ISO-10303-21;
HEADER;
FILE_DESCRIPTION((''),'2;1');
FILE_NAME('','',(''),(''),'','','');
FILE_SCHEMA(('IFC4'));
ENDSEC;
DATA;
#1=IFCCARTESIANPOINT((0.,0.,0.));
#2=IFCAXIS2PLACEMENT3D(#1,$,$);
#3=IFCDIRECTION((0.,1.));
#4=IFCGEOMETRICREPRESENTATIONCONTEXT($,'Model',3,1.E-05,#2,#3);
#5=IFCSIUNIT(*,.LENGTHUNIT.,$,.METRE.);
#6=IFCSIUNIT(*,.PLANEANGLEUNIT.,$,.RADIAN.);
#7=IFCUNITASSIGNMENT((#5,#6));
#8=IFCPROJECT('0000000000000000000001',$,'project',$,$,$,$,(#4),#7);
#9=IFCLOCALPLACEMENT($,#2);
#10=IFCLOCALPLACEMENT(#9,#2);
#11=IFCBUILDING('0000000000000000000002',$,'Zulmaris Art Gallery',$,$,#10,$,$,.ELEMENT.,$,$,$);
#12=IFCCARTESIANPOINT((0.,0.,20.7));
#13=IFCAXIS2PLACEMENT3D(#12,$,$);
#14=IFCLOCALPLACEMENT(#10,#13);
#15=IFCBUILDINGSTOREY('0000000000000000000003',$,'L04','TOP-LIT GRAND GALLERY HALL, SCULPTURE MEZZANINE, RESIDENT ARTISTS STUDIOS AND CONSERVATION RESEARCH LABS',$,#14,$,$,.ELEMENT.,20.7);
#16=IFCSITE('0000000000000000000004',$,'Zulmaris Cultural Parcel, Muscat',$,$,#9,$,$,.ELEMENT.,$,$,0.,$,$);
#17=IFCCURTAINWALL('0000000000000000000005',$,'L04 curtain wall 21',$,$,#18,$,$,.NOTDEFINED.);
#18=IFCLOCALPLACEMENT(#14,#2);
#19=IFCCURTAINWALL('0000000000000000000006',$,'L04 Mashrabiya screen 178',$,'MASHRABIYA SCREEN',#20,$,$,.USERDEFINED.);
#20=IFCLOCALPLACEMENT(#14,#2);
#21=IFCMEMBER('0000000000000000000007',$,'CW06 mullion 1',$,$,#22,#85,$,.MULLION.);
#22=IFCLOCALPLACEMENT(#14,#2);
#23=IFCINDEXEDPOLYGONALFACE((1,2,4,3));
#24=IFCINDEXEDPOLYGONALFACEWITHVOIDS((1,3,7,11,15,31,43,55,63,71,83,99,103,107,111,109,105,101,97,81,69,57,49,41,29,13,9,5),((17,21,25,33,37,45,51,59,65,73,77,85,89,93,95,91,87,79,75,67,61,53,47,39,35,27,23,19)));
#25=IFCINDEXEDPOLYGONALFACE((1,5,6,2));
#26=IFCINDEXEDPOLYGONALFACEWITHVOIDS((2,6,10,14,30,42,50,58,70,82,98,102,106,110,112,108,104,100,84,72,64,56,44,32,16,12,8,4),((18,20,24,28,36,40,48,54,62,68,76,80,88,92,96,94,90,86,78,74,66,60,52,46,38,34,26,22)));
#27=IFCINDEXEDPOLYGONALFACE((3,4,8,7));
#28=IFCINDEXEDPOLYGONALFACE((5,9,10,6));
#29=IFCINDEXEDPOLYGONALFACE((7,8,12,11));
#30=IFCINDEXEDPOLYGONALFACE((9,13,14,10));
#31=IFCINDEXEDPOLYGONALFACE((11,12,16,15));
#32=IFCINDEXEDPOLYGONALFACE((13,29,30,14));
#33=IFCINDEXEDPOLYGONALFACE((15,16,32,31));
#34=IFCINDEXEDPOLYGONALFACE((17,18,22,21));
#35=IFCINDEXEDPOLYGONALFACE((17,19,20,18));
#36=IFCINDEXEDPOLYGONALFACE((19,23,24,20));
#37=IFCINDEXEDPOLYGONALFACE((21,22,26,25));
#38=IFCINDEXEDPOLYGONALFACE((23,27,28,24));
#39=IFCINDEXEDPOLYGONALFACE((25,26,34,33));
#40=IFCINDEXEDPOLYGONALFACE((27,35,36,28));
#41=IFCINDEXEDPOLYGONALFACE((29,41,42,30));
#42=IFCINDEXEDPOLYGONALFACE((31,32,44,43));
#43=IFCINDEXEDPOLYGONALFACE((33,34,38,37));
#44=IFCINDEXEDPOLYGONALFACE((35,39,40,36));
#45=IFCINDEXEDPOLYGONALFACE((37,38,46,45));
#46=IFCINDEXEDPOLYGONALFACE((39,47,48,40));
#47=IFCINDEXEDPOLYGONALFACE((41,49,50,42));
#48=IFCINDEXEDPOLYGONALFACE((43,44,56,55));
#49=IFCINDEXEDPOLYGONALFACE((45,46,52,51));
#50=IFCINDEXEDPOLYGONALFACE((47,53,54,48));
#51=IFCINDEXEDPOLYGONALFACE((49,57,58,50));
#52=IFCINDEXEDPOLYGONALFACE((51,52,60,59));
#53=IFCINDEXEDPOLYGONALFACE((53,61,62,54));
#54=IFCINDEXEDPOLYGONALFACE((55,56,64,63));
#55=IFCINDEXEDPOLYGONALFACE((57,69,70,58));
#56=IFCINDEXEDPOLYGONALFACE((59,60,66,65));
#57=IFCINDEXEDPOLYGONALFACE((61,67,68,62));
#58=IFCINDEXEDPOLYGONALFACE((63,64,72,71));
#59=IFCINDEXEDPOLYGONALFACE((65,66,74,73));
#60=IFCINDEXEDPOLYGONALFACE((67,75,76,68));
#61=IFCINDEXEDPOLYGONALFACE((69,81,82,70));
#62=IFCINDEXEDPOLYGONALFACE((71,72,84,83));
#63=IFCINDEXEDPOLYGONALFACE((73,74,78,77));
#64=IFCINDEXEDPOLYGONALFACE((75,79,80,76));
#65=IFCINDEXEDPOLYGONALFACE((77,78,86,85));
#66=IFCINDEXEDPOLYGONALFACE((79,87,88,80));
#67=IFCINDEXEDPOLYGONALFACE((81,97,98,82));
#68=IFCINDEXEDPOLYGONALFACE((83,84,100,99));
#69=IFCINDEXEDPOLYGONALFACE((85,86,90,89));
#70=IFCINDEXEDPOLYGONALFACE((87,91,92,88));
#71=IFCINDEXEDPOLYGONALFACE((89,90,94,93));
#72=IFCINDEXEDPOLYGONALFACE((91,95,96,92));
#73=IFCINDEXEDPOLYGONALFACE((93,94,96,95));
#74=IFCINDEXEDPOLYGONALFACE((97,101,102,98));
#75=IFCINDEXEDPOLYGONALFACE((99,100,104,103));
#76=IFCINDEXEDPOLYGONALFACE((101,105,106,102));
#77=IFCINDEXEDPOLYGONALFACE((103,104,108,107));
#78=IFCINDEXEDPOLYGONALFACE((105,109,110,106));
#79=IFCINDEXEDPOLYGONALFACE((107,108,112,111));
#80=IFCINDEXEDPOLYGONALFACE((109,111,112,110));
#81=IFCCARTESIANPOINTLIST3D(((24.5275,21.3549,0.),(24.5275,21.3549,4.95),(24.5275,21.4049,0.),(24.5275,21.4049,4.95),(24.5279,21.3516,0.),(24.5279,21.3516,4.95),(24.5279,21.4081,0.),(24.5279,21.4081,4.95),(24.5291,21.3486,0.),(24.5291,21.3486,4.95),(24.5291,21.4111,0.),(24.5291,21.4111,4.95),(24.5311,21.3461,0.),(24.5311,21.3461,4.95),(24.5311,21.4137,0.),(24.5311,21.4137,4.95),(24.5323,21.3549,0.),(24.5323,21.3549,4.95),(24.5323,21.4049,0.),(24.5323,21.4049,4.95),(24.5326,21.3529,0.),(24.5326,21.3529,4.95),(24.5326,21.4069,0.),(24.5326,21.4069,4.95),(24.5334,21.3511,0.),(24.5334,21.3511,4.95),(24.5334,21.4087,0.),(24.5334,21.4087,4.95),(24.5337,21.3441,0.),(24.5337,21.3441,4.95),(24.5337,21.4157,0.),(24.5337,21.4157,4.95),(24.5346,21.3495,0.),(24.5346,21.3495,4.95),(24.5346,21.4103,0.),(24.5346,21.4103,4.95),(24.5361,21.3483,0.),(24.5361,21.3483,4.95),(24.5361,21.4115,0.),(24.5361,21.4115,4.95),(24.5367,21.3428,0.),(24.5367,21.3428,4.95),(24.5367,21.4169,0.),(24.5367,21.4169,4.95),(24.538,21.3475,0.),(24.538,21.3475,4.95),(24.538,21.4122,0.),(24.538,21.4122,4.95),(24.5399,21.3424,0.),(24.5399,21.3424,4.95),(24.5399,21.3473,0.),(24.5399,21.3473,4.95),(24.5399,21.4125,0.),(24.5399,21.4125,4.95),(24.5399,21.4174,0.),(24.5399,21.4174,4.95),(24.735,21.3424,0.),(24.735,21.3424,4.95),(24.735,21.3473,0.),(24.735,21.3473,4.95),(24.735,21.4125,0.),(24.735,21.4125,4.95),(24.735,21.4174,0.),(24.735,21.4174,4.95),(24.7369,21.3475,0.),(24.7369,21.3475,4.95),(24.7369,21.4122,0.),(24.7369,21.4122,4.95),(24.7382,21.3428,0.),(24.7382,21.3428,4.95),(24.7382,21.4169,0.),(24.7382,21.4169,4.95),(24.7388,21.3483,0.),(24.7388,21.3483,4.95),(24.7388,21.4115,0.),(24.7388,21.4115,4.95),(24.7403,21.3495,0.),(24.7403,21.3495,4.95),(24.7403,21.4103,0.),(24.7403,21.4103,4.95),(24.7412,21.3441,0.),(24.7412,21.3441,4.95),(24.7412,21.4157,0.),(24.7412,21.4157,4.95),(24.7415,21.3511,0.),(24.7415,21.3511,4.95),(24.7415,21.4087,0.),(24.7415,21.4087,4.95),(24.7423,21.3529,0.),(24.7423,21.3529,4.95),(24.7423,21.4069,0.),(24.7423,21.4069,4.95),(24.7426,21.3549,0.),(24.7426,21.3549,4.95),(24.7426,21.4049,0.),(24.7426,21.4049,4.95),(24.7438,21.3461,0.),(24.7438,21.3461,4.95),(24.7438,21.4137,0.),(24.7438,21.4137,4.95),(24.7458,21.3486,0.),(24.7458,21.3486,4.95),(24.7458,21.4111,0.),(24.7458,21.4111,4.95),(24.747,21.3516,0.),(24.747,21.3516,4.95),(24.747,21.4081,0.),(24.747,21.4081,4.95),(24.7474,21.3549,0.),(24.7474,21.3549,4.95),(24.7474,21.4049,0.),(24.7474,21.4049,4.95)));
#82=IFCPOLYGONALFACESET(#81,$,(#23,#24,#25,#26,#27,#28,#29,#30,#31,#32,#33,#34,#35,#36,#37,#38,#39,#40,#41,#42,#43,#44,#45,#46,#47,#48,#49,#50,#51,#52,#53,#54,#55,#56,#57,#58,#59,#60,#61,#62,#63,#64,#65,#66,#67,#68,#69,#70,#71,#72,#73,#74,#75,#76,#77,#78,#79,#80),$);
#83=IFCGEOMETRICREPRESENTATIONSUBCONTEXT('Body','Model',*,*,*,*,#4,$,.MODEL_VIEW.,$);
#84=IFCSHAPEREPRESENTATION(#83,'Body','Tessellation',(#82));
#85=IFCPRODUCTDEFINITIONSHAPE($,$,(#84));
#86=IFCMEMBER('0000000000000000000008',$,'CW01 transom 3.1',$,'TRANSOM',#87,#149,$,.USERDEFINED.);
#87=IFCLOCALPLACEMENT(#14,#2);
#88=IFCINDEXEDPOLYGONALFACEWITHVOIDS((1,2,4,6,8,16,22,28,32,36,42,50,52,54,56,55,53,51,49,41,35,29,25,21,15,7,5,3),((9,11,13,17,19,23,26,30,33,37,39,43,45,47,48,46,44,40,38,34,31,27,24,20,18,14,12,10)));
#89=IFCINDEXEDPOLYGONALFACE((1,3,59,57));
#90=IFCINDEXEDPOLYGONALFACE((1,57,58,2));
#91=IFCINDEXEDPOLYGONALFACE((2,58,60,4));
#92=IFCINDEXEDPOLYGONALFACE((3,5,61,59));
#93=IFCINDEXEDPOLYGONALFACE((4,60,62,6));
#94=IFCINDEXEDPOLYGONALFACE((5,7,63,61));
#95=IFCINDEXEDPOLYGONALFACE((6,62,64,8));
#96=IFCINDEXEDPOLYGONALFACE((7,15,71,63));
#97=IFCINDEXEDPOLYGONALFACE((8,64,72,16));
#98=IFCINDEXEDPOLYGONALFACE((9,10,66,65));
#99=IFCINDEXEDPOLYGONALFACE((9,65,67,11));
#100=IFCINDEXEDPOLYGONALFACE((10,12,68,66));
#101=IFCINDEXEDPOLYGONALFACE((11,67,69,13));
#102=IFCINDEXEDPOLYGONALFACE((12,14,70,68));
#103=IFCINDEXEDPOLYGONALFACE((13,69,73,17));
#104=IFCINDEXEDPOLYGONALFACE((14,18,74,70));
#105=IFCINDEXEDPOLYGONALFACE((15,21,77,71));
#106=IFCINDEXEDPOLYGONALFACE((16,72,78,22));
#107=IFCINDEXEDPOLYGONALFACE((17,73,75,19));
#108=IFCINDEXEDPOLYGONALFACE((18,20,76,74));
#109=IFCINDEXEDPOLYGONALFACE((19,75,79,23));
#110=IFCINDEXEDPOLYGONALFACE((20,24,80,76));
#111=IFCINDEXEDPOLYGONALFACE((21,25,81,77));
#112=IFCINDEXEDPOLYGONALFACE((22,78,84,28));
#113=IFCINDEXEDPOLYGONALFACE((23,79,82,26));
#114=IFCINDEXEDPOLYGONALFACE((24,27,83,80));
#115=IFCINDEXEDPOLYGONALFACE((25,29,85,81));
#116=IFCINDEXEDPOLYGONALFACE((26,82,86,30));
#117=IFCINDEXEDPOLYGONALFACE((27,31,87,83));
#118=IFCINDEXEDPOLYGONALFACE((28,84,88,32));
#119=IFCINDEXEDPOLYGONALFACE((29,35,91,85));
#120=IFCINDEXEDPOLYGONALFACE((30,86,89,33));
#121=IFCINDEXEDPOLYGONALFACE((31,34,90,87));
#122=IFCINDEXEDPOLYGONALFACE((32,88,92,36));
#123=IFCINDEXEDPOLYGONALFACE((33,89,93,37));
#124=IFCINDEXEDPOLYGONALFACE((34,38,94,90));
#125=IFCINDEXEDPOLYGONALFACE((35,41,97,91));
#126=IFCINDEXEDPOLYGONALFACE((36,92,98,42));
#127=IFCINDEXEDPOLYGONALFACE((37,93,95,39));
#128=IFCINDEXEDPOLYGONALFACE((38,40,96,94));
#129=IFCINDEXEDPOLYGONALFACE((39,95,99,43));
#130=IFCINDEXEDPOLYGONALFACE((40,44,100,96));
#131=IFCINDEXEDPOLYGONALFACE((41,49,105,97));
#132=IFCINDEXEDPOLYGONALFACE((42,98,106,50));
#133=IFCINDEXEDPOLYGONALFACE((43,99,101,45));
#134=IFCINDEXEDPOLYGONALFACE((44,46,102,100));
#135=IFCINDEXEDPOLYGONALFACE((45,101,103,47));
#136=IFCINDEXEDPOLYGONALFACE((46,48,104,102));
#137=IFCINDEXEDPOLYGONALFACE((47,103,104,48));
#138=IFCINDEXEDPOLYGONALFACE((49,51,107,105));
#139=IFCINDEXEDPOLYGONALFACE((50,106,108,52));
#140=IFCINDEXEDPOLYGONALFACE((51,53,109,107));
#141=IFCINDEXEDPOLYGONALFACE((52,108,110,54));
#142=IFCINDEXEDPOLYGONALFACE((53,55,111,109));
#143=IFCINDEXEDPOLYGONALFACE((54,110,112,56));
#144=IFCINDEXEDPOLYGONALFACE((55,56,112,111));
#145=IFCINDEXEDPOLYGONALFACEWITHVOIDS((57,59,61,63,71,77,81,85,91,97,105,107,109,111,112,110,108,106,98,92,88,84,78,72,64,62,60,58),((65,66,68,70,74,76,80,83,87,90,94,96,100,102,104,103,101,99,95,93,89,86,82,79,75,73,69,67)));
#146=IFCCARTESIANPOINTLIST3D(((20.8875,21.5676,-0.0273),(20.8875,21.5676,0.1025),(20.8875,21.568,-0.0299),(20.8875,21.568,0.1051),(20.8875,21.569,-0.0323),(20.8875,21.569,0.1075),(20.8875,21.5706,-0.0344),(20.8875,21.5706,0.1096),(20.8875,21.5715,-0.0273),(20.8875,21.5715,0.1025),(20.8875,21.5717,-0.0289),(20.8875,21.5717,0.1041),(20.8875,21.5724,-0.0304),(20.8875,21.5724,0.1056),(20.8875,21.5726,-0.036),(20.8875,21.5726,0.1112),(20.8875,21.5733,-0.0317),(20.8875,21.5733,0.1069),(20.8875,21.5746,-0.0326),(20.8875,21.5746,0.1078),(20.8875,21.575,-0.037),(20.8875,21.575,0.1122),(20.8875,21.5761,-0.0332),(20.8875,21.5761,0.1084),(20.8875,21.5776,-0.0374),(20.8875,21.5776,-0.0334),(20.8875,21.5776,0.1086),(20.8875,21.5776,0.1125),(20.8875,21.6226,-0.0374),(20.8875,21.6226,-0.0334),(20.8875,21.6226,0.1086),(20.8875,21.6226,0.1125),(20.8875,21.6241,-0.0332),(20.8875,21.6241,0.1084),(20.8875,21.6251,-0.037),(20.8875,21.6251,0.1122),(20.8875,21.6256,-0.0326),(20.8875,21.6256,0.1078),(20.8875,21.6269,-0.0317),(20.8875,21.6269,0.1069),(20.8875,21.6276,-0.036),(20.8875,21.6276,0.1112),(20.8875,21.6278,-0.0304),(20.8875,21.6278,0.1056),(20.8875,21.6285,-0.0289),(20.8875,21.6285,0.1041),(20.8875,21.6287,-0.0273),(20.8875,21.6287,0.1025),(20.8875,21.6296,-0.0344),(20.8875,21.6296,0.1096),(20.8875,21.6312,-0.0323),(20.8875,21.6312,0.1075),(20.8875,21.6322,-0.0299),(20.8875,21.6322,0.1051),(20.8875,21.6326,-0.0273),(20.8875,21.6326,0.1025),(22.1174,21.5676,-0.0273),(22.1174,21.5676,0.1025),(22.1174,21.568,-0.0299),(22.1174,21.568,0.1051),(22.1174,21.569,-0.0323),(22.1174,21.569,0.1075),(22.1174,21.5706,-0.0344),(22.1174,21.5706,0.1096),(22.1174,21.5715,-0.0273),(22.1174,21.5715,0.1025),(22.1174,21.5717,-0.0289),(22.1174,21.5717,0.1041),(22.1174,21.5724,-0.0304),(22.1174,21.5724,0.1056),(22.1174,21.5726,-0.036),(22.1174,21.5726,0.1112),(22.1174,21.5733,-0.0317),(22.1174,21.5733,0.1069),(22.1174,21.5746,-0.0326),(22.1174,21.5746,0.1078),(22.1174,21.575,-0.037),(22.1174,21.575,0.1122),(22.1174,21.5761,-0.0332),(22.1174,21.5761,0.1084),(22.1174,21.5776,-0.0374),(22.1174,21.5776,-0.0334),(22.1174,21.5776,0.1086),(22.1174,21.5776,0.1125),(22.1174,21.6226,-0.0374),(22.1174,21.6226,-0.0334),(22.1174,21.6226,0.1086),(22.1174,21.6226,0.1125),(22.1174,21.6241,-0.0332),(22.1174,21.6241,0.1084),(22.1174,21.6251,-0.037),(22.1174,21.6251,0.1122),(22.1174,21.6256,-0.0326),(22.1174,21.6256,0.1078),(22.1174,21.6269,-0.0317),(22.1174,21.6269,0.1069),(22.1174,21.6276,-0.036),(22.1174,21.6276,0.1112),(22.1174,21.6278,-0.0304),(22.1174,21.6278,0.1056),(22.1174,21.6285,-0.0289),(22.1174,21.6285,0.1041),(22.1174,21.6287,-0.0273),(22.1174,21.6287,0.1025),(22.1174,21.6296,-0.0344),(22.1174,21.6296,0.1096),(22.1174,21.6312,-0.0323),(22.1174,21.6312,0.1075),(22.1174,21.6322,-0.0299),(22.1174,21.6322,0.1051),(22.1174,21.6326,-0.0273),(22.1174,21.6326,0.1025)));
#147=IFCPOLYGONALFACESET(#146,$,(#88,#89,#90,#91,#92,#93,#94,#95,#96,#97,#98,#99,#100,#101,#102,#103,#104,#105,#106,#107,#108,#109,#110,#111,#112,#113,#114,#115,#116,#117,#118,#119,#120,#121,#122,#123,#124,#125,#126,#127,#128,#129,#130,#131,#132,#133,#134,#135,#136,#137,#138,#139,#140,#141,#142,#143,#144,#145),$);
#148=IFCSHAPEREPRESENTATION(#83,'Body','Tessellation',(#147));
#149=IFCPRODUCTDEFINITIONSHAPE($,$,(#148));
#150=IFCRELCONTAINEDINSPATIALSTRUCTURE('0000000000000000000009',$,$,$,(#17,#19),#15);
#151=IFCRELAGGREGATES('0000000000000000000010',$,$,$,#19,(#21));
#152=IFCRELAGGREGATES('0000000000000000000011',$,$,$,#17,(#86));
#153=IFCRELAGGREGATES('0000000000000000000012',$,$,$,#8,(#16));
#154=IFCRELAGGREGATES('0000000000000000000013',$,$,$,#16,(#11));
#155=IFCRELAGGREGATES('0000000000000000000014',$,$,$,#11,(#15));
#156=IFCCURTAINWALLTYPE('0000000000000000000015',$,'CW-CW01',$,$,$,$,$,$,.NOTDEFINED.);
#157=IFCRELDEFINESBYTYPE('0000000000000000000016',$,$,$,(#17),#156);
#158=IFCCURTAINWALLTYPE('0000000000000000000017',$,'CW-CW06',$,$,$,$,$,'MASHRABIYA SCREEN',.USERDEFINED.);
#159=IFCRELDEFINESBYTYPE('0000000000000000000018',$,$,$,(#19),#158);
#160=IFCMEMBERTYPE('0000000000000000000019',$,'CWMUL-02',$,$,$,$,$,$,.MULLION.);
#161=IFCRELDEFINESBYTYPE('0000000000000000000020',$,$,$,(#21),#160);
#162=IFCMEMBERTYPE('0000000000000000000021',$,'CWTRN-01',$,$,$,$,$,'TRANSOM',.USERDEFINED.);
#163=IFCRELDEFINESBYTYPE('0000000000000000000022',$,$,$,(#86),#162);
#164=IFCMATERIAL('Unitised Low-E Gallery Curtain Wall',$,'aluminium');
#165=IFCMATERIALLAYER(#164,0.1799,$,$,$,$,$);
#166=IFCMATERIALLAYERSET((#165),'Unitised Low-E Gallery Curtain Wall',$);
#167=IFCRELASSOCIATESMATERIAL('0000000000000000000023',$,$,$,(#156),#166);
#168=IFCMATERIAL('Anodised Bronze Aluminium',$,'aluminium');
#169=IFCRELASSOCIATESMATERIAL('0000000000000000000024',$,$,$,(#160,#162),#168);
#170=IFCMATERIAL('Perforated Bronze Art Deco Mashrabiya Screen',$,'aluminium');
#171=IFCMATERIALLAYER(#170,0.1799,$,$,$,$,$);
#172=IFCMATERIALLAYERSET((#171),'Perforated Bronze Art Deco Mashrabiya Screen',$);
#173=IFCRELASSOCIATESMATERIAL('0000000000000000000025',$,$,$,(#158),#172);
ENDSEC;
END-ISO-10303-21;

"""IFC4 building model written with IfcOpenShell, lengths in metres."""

from ifc_helpers import new_model, si_unit, direction, frame, origin, origin_2d, place, context, subcontext, project, spatial, hollow_rectangle, extrude, material, layer, layer_set, material_profile, profile_set, type_object, element, aggregate, save


model = new_model("IFC4")

# Units and contexts
model_context = context("Model", 3, precision=1e-05, world=origin(), true_north=direction((0.0, 1.0)))
body_context = subcontext(model_context, "Body", "Model", "MODEL_VIEW")
ifc_project = project(units=[si_unit("LENGTHUNIT", "METRE"), si_unit("PLANEANGLEUNIT", "RADIAN")], contexts=[model_context])

# Site, building, storey
site_placement = place(None, origin())
site = spatial("IfcSite", under=ifc_project, at=site_placement, Name="Zulmaris Cultural Parcel, Muscat", CompositionType="ELEMENT", RefElevation=0.0)
building_placement = place(site_placement, origin())
building = spatial("IfcBuilding", under=site, at=building_placement, Name="Zulmaris Art Gallery", CompositionType="ELEMENT")
storey_placement = place(building_placement, frame((0.0, 0.0, 20.7)))
storey = spatial("IfcBuildingStorey", under=building, at=storey_placement, Name="L04", Description="TOP-LIT GRAND GALLERY HALL, SCULPTURE MEZZANINE, RESIDENT ARTISTS STUDIOS AND CONSERVATION RESEARCH LABS", CompositionType="ELEMENT", Elevation=20.7)

# Curtain wall
ifc_material_1 = material(Name="Unitised Low-E Gallery Curtain Wall", Category="aluminium")
ifc_layer_1 = layer(ifc_material_1, 0.1799)
ifc_layer_set_1 = layer_set([ifc_layer_1], Name="Unitised Low-E Gallery Curtain Wall")
curtain_wall_type_1 = type_object("IfcCurtainWallType", Name="CW-CW01", PredefinedType="NOTDEFINED", material=ifc_layer_set_1)
curtain_wall_1_placement = place(storey_placement, origin())
curtain_wall_1 = element("IfcCurtainWall", 1, at=curtain_wall_1_placement, inside=storey, type_object=curtain_wall_type_1, Name="L04 curtain wall 21", PredefinedType="NOTDEFINED")
ifc_material_2 = material(Name="Anodised Bronze Aluminium", Category="aluminium")
ifc_material_profile_1 = material_profile(ifc_material_2, hollow_rectangle(XDim=0.075, YDim=0.22, WallThickness=0.0049, InnerFilletRadius=0.0076, OuterFilletRadius=0.0125, at=origin_2d()), Name="ALU 75x220x5")
ifc_profile_set_1 = profile_set([ifc_material_profile_1], Name="Anodised Bronze Aluminium")
member_type_1 = type_object("IfcMemberType", Name="CWMUL-02", PredefinedType="MULLION", material=ifc_profile_set_1)

# Curtain wall, member
ifc_material_3 = material(Name="Perforated Bronze Art Deco Mashrabiya Screen", Category="aluminium")
ifc_layer_2 = layer(ifc_material_3, 0.1799)
ifc_layer_set_2 = layer_set([ifc_layer_2], Name="Perforated Bronze Art Deco Mashrabiya Screen")
curtain_wall_type_2 = type_object("IfcCurtainWallType", Name="CW-CW06", ElementType="MASHRABIYA SCREEN", PredefinedType="USERDEFINED", material=ifc_layer_set_2)
curtain_wall_2_placement = place(storey_placement, origin())
curtain_wall_2 = element("IfcCurtainWall", 2, at=curtain_wall_2_placement, inside=storey, type_object=curtain_wall_type_2, Name="L04 Mashrabiya screen 178", ObjectType="MASHRABIYA SCREEN", PredefinedType="USERDEFINED")
member_1_placement = place(storey_placement, frame((24.6375, 21.3799, 0.0), z_axis=(0.0, 0.0, 1.0), x_axis=(0.0, 1.0, 0.0)))
member_1 = element("IfcMember", 3, at=member_1_placement, type_object=member_type_1, Name="CW06 mullion 1", PredefinedType="MULLION", context=body_context, shape_type="SweptSolid", body=[
    extrude(hollow_rectangle(XDim=0.075, YDim=0.22, WallThickness=0.0049, InnerFilletRadius=0.0076, OuterFilletRadius=0.0125, at=origin_2d()), origin(), (0.0, 0.0, 1.0), 4.95),
])
aggregate(curtain_wall_2, [member_1])

# Member
ifc_material_profile_2 = material_profile(ifc_material_2, hollow_rectangle(XDim=0.0649, YDim=0.1499, WallThickness=0.0039, InnerFilletRadius=0.0061, OuterFilletRadius=0.01, at=origin_2d()), Name="ALU 65x150x4")
ifc_profile_set_2 = profile_set([ifc_material_profile_2], Name="Anodised Bronze Aluminium")
member_type_2 = type_object("IfcMemberType", Name="CWTRN-01", ElementType="TRANSOM", PredefinedType="USERDEFINED", material=ifc_profile_set_2)
member_2_placement = place(storey_placement, frame((20.8875, 21.6001, 0.0376), z_axis=(1.0, 0.0, 0.0), x_axis=(0.0, 1.0, 0.0)))
member_2 = element("IfcMember", 4, at=member_2_placement, type_object=member_type_2, Name="CW01 transom 3.1", ObjectType="TRANSOM", PredefinedType="USERDEFINED", context=body_context, shape_type="SweptSolid", body=[
    extrude(hollow_rectangle(XDim=0.0649, YDim=0.1499, WallThickness=0.0039, InnerFilletRadius=0.0061, OuterFilletRadius=0.01, at=origin_2d()), origin(), (0.0, 0.0, 1.0), 1.23),
])

aggregate(curtain_wall_1, [member_2])

save(model, "model.ifc")
